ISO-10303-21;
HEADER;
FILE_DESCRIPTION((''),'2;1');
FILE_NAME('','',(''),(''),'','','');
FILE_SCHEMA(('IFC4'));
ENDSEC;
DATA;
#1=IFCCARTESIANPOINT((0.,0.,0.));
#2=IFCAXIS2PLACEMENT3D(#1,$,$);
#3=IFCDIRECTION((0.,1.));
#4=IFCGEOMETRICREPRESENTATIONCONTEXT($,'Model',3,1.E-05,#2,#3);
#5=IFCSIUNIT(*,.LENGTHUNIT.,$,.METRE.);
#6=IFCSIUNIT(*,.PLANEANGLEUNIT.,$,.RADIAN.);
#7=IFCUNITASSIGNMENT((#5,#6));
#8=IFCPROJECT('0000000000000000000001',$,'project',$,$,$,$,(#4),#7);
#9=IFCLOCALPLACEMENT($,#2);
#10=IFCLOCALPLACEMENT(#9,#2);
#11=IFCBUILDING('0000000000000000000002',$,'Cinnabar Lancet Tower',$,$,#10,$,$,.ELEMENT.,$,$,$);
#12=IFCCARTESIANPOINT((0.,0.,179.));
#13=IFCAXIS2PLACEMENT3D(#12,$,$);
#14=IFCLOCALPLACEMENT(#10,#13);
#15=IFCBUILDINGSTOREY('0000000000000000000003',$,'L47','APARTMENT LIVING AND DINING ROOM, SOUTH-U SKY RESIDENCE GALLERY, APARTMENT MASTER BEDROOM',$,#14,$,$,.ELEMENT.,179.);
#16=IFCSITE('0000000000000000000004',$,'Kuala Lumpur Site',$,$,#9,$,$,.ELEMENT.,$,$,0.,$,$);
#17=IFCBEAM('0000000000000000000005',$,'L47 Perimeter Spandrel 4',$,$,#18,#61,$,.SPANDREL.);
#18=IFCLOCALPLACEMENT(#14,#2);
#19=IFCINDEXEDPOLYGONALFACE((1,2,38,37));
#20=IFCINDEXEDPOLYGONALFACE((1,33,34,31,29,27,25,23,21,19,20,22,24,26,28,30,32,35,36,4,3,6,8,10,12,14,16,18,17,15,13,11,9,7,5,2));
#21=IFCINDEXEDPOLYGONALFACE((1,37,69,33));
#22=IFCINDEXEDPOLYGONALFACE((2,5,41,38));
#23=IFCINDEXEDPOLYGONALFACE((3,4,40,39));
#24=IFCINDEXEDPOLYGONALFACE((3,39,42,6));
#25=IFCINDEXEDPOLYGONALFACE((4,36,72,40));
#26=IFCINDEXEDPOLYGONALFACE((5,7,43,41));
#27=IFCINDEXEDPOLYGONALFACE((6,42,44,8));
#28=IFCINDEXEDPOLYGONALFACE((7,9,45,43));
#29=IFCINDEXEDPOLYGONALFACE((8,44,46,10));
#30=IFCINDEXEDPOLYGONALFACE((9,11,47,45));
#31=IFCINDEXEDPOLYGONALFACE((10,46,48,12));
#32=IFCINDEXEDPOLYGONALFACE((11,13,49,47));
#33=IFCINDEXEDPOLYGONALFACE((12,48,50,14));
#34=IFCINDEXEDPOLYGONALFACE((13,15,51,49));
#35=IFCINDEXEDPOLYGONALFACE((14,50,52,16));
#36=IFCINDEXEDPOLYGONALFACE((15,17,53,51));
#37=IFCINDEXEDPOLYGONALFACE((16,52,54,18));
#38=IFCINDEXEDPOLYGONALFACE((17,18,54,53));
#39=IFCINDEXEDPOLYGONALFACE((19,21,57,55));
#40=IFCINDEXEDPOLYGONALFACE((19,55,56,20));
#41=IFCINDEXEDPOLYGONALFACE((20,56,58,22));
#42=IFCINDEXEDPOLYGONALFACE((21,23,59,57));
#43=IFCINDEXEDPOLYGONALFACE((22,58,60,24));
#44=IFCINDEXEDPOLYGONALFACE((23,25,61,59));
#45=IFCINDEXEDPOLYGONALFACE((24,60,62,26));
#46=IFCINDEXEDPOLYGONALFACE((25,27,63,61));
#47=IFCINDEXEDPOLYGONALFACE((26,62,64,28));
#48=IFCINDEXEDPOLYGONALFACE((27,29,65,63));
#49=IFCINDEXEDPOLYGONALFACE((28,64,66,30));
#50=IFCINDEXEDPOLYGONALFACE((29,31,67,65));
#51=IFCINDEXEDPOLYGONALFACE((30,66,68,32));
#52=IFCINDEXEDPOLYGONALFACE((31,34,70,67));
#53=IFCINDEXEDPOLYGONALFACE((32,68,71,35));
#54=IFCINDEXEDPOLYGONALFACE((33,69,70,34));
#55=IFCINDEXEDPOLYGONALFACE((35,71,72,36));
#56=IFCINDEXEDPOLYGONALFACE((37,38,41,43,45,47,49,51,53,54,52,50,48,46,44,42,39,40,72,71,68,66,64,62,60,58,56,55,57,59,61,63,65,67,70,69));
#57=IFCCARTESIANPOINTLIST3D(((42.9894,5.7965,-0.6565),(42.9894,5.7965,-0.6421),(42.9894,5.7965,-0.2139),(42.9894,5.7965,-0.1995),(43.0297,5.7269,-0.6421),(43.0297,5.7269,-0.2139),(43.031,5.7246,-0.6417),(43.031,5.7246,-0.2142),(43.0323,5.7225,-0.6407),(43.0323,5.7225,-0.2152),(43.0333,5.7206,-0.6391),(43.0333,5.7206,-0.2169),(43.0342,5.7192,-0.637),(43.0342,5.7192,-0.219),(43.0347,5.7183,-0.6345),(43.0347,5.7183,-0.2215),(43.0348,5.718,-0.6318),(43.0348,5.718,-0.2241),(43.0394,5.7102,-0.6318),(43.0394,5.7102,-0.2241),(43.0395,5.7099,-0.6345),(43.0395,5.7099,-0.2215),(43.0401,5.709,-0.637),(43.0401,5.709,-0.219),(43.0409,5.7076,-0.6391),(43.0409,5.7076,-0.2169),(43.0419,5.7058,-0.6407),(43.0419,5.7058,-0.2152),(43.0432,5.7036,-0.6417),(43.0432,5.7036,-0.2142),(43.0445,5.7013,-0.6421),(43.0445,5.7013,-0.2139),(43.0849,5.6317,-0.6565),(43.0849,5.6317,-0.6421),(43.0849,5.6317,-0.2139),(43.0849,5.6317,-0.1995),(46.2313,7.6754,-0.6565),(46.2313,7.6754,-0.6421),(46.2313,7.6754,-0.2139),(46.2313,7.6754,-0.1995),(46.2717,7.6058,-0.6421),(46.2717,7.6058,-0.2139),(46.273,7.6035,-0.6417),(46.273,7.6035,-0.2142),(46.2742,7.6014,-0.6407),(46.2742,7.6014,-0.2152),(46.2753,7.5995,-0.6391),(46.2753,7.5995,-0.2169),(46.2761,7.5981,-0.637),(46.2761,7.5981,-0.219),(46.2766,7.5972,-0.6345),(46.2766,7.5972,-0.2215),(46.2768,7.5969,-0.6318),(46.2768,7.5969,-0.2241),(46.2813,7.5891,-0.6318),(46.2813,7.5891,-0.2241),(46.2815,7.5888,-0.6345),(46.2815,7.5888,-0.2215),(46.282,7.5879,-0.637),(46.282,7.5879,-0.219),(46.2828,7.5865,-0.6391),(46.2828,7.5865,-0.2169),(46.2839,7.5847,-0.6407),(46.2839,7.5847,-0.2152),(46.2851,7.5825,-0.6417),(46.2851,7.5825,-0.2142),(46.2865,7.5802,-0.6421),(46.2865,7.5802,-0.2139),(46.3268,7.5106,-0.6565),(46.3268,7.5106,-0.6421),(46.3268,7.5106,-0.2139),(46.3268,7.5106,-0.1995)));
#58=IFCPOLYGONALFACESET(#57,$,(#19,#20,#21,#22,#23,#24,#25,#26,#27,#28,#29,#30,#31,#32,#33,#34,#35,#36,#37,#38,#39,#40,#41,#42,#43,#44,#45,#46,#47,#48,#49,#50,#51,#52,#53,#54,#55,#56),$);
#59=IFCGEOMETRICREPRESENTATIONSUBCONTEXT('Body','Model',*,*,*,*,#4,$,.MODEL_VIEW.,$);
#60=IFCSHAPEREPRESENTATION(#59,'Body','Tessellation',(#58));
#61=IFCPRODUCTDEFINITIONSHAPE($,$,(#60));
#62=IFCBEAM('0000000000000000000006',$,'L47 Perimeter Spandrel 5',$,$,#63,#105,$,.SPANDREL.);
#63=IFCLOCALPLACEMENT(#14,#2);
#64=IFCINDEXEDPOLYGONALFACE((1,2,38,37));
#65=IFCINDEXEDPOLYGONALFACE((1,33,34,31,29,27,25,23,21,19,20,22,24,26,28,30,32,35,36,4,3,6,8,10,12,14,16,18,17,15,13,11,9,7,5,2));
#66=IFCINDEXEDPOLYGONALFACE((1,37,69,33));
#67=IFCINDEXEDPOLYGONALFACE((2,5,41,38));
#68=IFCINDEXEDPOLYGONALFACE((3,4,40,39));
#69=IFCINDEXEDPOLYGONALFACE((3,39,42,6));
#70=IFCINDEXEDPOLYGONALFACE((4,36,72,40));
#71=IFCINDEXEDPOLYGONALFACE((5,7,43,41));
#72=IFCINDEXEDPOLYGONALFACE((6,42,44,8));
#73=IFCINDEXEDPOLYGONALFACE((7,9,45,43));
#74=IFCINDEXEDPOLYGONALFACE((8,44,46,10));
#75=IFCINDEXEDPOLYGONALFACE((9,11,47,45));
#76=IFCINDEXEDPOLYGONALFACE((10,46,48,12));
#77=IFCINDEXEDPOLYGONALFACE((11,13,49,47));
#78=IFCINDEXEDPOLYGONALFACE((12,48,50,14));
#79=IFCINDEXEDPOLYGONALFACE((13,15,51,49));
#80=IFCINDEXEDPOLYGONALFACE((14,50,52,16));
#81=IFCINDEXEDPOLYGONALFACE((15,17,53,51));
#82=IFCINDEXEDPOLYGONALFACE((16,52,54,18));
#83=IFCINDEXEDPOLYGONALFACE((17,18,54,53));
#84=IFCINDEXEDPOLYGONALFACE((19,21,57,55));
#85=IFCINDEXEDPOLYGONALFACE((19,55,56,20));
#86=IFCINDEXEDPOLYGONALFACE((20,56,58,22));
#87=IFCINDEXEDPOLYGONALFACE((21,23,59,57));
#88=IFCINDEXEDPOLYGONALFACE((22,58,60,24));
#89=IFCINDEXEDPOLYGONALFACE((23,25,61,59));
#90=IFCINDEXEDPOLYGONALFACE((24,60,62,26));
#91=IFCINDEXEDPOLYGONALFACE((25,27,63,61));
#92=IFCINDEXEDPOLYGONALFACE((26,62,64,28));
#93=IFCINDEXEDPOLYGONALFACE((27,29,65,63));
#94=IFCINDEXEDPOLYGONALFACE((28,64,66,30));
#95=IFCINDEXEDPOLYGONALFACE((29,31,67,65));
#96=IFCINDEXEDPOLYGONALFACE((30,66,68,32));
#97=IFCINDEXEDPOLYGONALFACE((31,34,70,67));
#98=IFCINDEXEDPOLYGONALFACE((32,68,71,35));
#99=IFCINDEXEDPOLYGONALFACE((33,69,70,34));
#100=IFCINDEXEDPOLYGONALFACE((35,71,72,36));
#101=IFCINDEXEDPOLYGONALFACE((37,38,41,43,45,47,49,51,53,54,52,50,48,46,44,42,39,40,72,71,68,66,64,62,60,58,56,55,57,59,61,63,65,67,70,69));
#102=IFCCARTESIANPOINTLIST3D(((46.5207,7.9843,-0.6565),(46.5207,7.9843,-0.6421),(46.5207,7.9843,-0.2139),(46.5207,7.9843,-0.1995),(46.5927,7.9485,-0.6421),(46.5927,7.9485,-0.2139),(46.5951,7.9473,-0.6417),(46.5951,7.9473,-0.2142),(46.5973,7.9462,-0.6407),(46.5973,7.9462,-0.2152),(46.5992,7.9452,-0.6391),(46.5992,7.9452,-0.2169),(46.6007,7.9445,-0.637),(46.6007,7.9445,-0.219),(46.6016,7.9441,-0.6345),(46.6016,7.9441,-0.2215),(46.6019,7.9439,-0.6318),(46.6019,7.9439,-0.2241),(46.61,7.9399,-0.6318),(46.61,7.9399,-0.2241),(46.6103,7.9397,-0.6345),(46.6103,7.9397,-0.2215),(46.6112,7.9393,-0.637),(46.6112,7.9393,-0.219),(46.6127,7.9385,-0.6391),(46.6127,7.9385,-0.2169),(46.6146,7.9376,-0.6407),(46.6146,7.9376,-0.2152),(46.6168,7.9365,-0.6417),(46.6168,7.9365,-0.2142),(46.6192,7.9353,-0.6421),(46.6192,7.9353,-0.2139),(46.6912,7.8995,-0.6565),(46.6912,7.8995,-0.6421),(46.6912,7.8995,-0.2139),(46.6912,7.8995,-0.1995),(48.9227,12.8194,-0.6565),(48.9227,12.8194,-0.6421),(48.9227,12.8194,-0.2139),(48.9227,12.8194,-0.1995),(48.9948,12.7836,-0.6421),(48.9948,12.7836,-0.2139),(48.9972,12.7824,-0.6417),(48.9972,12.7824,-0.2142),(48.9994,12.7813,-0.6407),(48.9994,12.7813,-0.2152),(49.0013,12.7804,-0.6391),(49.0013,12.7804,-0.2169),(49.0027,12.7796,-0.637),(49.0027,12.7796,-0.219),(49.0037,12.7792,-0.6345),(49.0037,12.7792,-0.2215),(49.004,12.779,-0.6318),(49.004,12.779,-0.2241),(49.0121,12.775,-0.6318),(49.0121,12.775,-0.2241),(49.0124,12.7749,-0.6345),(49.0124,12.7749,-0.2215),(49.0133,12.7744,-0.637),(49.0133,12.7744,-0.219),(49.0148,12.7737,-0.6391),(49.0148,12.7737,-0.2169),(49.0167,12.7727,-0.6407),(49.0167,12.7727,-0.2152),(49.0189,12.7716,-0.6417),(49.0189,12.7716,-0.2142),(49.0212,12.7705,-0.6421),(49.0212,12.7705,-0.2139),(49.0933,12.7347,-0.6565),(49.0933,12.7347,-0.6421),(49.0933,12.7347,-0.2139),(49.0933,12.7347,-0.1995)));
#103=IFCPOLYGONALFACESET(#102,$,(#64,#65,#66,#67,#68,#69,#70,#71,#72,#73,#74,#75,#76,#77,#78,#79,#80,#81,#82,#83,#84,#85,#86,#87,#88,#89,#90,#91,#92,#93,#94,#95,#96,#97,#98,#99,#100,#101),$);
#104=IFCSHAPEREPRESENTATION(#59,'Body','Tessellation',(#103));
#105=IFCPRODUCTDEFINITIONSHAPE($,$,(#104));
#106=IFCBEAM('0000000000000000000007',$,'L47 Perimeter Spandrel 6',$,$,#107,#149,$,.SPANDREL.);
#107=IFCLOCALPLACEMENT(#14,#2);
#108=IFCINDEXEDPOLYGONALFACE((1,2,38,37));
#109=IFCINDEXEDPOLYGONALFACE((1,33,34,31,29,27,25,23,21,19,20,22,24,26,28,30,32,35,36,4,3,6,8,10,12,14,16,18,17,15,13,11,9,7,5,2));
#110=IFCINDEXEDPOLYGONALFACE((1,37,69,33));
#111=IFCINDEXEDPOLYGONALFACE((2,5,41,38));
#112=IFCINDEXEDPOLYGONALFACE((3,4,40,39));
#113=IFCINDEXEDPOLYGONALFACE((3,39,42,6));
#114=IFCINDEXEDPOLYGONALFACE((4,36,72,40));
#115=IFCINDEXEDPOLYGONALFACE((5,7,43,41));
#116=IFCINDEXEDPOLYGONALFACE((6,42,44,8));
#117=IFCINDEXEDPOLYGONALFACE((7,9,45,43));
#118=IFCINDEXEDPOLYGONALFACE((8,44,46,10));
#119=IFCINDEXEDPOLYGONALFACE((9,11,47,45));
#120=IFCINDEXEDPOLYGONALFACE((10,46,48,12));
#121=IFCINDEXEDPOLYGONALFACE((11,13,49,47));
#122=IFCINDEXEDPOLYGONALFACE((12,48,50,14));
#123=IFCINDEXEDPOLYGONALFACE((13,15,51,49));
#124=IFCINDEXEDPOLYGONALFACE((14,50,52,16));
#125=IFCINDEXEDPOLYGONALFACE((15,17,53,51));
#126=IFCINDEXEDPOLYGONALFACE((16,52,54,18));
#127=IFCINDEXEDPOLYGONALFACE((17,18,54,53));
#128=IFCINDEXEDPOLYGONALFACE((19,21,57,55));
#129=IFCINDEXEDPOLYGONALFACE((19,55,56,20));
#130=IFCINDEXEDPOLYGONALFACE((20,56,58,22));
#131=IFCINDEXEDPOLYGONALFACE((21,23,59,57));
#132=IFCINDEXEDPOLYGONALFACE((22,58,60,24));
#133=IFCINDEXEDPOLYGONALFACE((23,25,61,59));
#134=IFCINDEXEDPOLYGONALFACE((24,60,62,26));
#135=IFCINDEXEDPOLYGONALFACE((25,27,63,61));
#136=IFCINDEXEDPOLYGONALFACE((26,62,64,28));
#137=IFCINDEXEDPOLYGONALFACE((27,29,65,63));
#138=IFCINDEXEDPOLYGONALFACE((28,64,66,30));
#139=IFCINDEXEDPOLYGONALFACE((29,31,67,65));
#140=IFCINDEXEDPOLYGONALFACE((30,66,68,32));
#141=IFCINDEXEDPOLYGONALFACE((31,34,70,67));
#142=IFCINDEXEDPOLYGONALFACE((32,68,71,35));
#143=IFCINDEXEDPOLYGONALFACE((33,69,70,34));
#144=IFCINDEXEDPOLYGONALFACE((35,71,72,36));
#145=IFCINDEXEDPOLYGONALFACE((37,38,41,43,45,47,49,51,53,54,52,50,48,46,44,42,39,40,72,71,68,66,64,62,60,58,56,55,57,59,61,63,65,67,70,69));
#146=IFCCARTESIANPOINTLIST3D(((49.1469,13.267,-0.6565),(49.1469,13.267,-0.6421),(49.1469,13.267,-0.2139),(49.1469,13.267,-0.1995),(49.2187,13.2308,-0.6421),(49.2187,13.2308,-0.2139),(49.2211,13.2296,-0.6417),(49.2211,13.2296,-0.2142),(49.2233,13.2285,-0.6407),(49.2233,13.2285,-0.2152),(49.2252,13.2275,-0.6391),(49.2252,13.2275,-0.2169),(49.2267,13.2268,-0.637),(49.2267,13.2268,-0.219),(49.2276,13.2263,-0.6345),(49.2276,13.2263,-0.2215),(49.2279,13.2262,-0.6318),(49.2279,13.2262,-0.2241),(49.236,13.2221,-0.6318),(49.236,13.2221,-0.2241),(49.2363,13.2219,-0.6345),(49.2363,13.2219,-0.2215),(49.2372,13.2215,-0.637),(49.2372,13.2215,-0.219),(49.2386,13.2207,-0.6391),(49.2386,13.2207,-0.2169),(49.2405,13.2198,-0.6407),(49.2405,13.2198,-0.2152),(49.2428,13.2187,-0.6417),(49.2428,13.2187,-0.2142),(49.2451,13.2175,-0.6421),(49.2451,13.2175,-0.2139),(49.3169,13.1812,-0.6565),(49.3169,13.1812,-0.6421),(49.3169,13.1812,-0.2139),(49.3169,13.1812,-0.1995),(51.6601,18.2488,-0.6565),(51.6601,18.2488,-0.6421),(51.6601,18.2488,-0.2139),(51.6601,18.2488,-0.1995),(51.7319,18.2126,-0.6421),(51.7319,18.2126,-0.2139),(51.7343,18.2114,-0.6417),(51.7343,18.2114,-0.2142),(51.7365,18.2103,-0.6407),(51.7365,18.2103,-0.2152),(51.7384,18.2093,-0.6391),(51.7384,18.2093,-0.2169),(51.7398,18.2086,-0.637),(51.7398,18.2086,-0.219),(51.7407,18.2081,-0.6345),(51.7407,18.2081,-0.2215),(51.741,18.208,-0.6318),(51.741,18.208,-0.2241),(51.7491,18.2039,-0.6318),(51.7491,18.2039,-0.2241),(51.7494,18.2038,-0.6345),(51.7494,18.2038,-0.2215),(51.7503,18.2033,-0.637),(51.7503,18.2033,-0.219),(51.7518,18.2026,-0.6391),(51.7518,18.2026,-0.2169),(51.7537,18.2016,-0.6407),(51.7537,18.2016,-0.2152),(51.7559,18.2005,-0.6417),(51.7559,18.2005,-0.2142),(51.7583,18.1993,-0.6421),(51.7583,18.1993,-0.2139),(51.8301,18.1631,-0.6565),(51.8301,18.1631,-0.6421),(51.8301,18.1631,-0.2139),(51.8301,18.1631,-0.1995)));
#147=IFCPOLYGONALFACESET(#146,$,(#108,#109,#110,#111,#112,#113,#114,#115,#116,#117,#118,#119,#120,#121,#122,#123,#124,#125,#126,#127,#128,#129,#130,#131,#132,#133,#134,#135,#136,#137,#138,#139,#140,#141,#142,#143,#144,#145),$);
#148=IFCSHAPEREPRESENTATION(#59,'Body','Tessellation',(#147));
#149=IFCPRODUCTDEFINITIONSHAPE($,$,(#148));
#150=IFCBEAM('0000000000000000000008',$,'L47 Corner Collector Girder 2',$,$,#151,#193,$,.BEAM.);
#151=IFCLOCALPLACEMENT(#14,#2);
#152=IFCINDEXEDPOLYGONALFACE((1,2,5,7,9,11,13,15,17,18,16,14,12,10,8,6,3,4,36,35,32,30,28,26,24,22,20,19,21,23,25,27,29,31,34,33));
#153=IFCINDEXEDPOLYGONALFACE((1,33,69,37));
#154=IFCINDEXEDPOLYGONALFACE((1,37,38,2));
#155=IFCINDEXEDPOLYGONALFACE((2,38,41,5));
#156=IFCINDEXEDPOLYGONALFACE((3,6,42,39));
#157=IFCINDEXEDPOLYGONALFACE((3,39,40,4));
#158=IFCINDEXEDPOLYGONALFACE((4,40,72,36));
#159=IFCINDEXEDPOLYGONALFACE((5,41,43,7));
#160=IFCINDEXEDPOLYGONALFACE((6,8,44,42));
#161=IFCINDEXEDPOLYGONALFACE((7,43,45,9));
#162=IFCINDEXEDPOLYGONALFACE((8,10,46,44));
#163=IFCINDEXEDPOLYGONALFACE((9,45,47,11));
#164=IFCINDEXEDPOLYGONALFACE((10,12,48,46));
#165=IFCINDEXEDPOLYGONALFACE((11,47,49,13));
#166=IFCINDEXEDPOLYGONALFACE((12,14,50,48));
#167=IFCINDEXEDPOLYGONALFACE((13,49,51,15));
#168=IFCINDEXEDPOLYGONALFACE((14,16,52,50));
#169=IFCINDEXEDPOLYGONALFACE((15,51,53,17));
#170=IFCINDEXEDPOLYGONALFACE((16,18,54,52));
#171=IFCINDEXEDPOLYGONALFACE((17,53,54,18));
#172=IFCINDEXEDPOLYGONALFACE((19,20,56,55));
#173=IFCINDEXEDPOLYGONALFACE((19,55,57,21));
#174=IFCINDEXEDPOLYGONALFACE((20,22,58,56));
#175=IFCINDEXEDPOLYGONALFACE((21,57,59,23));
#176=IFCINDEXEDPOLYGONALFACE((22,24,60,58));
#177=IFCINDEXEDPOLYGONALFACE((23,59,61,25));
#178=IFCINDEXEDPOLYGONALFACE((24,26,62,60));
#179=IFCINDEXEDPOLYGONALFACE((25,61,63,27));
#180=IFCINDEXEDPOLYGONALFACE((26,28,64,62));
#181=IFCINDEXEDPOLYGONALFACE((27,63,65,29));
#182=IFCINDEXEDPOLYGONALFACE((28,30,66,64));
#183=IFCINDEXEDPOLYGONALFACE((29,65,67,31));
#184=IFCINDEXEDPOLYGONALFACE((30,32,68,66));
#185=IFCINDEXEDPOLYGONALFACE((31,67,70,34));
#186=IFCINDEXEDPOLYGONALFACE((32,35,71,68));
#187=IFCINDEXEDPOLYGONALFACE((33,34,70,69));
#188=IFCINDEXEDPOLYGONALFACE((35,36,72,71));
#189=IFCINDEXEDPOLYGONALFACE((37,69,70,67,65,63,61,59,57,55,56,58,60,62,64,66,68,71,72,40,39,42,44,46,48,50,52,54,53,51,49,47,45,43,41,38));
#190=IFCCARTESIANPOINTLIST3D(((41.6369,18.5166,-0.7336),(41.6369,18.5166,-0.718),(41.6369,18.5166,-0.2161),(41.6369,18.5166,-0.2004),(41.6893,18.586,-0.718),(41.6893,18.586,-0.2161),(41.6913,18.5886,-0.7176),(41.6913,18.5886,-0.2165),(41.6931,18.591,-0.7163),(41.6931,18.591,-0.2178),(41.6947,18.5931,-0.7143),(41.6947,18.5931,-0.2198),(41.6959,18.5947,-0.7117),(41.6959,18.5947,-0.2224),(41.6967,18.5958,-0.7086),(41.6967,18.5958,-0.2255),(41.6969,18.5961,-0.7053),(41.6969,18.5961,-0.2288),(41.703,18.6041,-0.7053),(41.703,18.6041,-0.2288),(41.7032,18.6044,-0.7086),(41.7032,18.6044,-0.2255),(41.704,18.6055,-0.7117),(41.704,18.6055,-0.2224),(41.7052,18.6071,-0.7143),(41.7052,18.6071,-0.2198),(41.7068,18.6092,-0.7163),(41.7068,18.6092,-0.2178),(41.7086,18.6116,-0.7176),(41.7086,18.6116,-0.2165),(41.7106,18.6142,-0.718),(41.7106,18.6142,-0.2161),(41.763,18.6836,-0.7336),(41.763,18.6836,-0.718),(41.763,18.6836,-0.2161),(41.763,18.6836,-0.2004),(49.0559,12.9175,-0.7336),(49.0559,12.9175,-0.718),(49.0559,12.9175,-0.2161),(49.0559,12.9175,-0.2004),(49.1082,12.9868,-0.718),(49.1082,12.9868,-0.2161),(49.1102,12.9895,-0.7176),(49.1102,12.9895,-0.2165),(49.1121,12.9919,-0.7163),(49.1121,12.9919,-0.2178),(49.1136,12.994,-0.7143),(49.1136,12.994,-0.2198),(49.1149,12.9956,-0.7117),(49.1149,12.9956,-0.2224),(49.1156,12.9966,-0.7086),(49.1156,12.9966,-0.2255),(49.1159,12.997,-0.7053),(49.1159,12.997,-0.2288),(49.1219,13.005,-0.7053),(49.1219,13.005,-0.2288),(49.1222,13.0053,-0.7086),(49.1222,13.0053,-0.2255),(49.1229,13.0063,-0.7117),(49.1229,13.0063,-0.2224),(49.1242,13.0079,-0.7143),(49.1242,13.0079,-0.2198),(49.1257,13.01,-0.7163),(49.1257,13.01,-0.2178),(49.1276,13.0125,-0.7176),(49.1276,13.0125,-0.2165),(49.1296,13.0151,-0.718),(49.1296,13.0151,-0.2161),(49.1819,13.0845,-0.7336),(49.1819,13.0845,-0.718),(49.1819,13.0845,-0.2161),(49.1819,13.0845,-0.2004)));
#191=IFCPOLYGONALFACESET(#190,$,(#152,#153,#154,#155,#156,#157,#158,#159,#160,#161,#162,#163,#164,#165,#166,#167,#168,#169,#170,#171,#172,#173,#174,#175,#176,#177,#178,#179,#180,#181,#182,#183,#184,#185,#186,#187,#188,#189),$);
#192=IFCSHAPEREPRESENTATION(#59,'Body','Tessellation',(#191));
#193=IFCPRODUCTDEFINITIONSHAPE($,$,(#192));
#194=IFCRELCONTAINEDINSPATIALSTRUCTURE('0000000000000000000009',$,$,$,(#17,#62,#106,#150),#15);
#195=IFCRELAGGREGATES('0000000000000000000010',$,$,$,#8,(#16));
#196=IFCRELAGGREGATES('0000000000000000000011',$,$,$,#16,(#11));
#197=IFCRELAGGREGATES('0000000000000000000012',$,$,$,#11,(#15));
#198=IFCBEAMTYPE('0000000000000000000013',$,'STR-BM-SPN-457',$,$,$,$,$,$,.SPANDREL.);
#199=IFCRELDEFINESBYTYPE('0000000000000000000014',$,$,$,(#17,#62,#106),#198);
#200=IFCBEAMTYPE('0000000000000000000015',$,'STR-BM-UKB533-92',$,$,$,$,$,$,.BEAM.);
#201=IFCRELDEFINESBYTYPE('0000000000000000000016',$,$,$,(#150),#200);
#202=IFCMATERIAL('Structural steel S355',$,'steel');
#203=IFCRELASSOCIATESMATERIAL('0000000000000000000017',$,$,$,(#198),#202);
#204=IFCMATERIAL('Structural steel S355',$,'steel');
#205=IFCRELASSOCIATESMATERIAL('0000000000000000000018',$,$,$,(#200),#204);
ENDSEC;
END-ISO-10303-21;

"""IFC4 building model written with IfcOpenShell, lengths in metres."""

from ifc_helpers import new_model, si_unit, direction, frame, origin, origin_2d, place, context, subcontext, project, spatial, i_section, extrude, material, material_profile, profile_set, type_object, element, save


model = new_model("IFC4")

# Units and contexts
model_context = context("Model", 3, precision=1e-05, world=origin(), true_north=direction((0.0, 1.0)))
body_context = subcontext(model_context, "Body", "Model", "MODEL_VIEW")
ifc_project = project(units=[si_unit("LENGTHUNIT", "METRE"), si_unit("PLANEANGLEUNIT", "RADIAN")], contexts=[model_context])

# Site, building, storey
site_placement = place(None, origin())
site = spatial("IfcSite", under=ifc_project, at=site_placement, Name="Kuala Lumpur Site", CompositionType="ELEMENT", RefElevation=0.0)
building_placement = place(site_placement, origin())
building = spatial("IfcBuilding", under=site, at=building_placement, Name="Cinnabar Lancet Tower", CompositionType="ELEMENT")
storey_placement = place(building_placement, frame((0.0, 0.0, 179.0)))
storey = spatial("IfcBuildingStorey", under=building, at=storey_placement, Name="L47", Description="APARTMENT LIVING AND DINING ROOM, SOUTH-U SKY RESIDENCE GALLERY, APARTMENT MASTER BEDROOM", CompositionType="ELEMENT", Elevation=179.0)

# Beams
ifc_material_1 = material(Name="Structural steel S355", Category="steel")
ifc_material_profile_1 = material_profile(ifc_material_1, i_section(OverallWidth=0.1904, OverallDepth=0.457, WebThickness=0.009, FlangeThickness=0.0144, FilletRadius=0.0103, at=origin_2d()), Name="UKB 457x191x74")
ifc_profile_set_1 = profile_set([ifc_material_profile_1], Name="Structural steel S355")
beam_type_1 = type_object("IfcBeamType", Name="STR-BM-SPN-457", PredefinedType="SPANDREL", material=ifc_profile_set_1)
beam_1_placement = place(storey_placement, frame((43.0371, 5.7141, -0.428), z_axis=(0.865196, 0.501434, 0.0), x_axis=(-0.501434, 0.865196, 0.0)))
element("IfcBeam", 1, at=beam_1_placement, inside=storey, type_object=beam_type_1, Name="L47 Perimeter Spandrel 4", PredefinedType="SPANDREL", context=body_context, shape_type="SweptSolid", body=[
    extrude(i_section(OverallWidth=0.1904, OverallDepth=0.457, WebThickness=0.009, FlangeThickness=0.0144, FilletRadius=0.0103, at=origin_2d()), origin(), (0.0, 0.0, 1.0), 3.7471),
])
beam_2_placement = place(storey_placement, frame((46.606, 7.9419, -0.428), z_axis=(0.444915, 0.895573, 0.0), x_axis=(-0.895573, 0.444915, 0.0)))
element("IfcBeam", 2, at=beam_2_placement, inside=storey, type_object=beam_type_1, Name="L47 Perimeter Spandrel 5", PredefinedType="SPANDREL", context=body_context, shape_type="SweptSolid", body=[
    extrude(i_section(OverallWidth=0.1904, OverallDepth=0.457, WebThickness=0.009, FlangeThickness=0.0144, FilletRadius=0.0103, at=origin_2d()), origin(), (0.0, 0.0, 1.0), 5.3989),
])
beam_3_placement = place(storey_placement, frame((49.2319, 13.2241, -0.428), z_axis=(0.450396, 0.892829, 0.0), x_axis=(-0.892829, 0.450396, 0.0)))
element("IfcBeam", 3, at=beam_3_placement, inside=storey, type_object=beam_type_1, Name="L47 Perimeter Spandrel 6", PredefinedType="SPANDREL", context=body_context, shape_type="SweptSolid", body=[
    extrude(i_section(OverallWidth=0.1904, OverallDepth=0.457, WebThickness=0.009, FlangeThickness=0.0144, FilletRadius=0.0103, at=origin_2d()), origin(), (0.0, 0.0, 1.0), 5.5798),
])
ifc_material_2 = material(Name="Structural steel S355", Category="steel")
ifc_material_profile_2 = material_profile(ifc_material_2, i_section(OverallWidth=0.2092, OverallDepth=0.5332, WebThickness=0.01, FlangeThickness=0.0156, FilletRadius=0.0127, at=origin_2d()), Name="UKB 533x210x92")
ifc_profile_set_2 = profile_set([ifc_material_profile_2], Name="Structural steel S355")
beam_type_2 = type_object("IfcBeamType", Name="STR-BM-UKB533-92", PredefinedType="BEAM", material=ifc_profile_set_2)
beam_4_placement = place(storey_placement, frame((49.1189, 13.001, -0.467), z_axis=(-0.798193, 0.602401, 0.0), x_axis=(-0.602401, -0.798193, 0.0)))
element("IfcBeam", 4, at=beam_4_placement, inside=storey, type_object=beam_type_2, Name="L47 Corner Collector Girder 2", PredefinedType="BEAM", context=body_context, shape_type="SweptSolid", body=[
    extrude(i_section(OverallWidth=0.2092, OverallDepth=0.5332, WebThickness=0.01, FlangeThickness=0.0156, FilletRadius=0.0127, at=origin_2d()), origin(), (0.0, 0.0, 1.0), 9.2947),
])

save(model, "model.ifc")
